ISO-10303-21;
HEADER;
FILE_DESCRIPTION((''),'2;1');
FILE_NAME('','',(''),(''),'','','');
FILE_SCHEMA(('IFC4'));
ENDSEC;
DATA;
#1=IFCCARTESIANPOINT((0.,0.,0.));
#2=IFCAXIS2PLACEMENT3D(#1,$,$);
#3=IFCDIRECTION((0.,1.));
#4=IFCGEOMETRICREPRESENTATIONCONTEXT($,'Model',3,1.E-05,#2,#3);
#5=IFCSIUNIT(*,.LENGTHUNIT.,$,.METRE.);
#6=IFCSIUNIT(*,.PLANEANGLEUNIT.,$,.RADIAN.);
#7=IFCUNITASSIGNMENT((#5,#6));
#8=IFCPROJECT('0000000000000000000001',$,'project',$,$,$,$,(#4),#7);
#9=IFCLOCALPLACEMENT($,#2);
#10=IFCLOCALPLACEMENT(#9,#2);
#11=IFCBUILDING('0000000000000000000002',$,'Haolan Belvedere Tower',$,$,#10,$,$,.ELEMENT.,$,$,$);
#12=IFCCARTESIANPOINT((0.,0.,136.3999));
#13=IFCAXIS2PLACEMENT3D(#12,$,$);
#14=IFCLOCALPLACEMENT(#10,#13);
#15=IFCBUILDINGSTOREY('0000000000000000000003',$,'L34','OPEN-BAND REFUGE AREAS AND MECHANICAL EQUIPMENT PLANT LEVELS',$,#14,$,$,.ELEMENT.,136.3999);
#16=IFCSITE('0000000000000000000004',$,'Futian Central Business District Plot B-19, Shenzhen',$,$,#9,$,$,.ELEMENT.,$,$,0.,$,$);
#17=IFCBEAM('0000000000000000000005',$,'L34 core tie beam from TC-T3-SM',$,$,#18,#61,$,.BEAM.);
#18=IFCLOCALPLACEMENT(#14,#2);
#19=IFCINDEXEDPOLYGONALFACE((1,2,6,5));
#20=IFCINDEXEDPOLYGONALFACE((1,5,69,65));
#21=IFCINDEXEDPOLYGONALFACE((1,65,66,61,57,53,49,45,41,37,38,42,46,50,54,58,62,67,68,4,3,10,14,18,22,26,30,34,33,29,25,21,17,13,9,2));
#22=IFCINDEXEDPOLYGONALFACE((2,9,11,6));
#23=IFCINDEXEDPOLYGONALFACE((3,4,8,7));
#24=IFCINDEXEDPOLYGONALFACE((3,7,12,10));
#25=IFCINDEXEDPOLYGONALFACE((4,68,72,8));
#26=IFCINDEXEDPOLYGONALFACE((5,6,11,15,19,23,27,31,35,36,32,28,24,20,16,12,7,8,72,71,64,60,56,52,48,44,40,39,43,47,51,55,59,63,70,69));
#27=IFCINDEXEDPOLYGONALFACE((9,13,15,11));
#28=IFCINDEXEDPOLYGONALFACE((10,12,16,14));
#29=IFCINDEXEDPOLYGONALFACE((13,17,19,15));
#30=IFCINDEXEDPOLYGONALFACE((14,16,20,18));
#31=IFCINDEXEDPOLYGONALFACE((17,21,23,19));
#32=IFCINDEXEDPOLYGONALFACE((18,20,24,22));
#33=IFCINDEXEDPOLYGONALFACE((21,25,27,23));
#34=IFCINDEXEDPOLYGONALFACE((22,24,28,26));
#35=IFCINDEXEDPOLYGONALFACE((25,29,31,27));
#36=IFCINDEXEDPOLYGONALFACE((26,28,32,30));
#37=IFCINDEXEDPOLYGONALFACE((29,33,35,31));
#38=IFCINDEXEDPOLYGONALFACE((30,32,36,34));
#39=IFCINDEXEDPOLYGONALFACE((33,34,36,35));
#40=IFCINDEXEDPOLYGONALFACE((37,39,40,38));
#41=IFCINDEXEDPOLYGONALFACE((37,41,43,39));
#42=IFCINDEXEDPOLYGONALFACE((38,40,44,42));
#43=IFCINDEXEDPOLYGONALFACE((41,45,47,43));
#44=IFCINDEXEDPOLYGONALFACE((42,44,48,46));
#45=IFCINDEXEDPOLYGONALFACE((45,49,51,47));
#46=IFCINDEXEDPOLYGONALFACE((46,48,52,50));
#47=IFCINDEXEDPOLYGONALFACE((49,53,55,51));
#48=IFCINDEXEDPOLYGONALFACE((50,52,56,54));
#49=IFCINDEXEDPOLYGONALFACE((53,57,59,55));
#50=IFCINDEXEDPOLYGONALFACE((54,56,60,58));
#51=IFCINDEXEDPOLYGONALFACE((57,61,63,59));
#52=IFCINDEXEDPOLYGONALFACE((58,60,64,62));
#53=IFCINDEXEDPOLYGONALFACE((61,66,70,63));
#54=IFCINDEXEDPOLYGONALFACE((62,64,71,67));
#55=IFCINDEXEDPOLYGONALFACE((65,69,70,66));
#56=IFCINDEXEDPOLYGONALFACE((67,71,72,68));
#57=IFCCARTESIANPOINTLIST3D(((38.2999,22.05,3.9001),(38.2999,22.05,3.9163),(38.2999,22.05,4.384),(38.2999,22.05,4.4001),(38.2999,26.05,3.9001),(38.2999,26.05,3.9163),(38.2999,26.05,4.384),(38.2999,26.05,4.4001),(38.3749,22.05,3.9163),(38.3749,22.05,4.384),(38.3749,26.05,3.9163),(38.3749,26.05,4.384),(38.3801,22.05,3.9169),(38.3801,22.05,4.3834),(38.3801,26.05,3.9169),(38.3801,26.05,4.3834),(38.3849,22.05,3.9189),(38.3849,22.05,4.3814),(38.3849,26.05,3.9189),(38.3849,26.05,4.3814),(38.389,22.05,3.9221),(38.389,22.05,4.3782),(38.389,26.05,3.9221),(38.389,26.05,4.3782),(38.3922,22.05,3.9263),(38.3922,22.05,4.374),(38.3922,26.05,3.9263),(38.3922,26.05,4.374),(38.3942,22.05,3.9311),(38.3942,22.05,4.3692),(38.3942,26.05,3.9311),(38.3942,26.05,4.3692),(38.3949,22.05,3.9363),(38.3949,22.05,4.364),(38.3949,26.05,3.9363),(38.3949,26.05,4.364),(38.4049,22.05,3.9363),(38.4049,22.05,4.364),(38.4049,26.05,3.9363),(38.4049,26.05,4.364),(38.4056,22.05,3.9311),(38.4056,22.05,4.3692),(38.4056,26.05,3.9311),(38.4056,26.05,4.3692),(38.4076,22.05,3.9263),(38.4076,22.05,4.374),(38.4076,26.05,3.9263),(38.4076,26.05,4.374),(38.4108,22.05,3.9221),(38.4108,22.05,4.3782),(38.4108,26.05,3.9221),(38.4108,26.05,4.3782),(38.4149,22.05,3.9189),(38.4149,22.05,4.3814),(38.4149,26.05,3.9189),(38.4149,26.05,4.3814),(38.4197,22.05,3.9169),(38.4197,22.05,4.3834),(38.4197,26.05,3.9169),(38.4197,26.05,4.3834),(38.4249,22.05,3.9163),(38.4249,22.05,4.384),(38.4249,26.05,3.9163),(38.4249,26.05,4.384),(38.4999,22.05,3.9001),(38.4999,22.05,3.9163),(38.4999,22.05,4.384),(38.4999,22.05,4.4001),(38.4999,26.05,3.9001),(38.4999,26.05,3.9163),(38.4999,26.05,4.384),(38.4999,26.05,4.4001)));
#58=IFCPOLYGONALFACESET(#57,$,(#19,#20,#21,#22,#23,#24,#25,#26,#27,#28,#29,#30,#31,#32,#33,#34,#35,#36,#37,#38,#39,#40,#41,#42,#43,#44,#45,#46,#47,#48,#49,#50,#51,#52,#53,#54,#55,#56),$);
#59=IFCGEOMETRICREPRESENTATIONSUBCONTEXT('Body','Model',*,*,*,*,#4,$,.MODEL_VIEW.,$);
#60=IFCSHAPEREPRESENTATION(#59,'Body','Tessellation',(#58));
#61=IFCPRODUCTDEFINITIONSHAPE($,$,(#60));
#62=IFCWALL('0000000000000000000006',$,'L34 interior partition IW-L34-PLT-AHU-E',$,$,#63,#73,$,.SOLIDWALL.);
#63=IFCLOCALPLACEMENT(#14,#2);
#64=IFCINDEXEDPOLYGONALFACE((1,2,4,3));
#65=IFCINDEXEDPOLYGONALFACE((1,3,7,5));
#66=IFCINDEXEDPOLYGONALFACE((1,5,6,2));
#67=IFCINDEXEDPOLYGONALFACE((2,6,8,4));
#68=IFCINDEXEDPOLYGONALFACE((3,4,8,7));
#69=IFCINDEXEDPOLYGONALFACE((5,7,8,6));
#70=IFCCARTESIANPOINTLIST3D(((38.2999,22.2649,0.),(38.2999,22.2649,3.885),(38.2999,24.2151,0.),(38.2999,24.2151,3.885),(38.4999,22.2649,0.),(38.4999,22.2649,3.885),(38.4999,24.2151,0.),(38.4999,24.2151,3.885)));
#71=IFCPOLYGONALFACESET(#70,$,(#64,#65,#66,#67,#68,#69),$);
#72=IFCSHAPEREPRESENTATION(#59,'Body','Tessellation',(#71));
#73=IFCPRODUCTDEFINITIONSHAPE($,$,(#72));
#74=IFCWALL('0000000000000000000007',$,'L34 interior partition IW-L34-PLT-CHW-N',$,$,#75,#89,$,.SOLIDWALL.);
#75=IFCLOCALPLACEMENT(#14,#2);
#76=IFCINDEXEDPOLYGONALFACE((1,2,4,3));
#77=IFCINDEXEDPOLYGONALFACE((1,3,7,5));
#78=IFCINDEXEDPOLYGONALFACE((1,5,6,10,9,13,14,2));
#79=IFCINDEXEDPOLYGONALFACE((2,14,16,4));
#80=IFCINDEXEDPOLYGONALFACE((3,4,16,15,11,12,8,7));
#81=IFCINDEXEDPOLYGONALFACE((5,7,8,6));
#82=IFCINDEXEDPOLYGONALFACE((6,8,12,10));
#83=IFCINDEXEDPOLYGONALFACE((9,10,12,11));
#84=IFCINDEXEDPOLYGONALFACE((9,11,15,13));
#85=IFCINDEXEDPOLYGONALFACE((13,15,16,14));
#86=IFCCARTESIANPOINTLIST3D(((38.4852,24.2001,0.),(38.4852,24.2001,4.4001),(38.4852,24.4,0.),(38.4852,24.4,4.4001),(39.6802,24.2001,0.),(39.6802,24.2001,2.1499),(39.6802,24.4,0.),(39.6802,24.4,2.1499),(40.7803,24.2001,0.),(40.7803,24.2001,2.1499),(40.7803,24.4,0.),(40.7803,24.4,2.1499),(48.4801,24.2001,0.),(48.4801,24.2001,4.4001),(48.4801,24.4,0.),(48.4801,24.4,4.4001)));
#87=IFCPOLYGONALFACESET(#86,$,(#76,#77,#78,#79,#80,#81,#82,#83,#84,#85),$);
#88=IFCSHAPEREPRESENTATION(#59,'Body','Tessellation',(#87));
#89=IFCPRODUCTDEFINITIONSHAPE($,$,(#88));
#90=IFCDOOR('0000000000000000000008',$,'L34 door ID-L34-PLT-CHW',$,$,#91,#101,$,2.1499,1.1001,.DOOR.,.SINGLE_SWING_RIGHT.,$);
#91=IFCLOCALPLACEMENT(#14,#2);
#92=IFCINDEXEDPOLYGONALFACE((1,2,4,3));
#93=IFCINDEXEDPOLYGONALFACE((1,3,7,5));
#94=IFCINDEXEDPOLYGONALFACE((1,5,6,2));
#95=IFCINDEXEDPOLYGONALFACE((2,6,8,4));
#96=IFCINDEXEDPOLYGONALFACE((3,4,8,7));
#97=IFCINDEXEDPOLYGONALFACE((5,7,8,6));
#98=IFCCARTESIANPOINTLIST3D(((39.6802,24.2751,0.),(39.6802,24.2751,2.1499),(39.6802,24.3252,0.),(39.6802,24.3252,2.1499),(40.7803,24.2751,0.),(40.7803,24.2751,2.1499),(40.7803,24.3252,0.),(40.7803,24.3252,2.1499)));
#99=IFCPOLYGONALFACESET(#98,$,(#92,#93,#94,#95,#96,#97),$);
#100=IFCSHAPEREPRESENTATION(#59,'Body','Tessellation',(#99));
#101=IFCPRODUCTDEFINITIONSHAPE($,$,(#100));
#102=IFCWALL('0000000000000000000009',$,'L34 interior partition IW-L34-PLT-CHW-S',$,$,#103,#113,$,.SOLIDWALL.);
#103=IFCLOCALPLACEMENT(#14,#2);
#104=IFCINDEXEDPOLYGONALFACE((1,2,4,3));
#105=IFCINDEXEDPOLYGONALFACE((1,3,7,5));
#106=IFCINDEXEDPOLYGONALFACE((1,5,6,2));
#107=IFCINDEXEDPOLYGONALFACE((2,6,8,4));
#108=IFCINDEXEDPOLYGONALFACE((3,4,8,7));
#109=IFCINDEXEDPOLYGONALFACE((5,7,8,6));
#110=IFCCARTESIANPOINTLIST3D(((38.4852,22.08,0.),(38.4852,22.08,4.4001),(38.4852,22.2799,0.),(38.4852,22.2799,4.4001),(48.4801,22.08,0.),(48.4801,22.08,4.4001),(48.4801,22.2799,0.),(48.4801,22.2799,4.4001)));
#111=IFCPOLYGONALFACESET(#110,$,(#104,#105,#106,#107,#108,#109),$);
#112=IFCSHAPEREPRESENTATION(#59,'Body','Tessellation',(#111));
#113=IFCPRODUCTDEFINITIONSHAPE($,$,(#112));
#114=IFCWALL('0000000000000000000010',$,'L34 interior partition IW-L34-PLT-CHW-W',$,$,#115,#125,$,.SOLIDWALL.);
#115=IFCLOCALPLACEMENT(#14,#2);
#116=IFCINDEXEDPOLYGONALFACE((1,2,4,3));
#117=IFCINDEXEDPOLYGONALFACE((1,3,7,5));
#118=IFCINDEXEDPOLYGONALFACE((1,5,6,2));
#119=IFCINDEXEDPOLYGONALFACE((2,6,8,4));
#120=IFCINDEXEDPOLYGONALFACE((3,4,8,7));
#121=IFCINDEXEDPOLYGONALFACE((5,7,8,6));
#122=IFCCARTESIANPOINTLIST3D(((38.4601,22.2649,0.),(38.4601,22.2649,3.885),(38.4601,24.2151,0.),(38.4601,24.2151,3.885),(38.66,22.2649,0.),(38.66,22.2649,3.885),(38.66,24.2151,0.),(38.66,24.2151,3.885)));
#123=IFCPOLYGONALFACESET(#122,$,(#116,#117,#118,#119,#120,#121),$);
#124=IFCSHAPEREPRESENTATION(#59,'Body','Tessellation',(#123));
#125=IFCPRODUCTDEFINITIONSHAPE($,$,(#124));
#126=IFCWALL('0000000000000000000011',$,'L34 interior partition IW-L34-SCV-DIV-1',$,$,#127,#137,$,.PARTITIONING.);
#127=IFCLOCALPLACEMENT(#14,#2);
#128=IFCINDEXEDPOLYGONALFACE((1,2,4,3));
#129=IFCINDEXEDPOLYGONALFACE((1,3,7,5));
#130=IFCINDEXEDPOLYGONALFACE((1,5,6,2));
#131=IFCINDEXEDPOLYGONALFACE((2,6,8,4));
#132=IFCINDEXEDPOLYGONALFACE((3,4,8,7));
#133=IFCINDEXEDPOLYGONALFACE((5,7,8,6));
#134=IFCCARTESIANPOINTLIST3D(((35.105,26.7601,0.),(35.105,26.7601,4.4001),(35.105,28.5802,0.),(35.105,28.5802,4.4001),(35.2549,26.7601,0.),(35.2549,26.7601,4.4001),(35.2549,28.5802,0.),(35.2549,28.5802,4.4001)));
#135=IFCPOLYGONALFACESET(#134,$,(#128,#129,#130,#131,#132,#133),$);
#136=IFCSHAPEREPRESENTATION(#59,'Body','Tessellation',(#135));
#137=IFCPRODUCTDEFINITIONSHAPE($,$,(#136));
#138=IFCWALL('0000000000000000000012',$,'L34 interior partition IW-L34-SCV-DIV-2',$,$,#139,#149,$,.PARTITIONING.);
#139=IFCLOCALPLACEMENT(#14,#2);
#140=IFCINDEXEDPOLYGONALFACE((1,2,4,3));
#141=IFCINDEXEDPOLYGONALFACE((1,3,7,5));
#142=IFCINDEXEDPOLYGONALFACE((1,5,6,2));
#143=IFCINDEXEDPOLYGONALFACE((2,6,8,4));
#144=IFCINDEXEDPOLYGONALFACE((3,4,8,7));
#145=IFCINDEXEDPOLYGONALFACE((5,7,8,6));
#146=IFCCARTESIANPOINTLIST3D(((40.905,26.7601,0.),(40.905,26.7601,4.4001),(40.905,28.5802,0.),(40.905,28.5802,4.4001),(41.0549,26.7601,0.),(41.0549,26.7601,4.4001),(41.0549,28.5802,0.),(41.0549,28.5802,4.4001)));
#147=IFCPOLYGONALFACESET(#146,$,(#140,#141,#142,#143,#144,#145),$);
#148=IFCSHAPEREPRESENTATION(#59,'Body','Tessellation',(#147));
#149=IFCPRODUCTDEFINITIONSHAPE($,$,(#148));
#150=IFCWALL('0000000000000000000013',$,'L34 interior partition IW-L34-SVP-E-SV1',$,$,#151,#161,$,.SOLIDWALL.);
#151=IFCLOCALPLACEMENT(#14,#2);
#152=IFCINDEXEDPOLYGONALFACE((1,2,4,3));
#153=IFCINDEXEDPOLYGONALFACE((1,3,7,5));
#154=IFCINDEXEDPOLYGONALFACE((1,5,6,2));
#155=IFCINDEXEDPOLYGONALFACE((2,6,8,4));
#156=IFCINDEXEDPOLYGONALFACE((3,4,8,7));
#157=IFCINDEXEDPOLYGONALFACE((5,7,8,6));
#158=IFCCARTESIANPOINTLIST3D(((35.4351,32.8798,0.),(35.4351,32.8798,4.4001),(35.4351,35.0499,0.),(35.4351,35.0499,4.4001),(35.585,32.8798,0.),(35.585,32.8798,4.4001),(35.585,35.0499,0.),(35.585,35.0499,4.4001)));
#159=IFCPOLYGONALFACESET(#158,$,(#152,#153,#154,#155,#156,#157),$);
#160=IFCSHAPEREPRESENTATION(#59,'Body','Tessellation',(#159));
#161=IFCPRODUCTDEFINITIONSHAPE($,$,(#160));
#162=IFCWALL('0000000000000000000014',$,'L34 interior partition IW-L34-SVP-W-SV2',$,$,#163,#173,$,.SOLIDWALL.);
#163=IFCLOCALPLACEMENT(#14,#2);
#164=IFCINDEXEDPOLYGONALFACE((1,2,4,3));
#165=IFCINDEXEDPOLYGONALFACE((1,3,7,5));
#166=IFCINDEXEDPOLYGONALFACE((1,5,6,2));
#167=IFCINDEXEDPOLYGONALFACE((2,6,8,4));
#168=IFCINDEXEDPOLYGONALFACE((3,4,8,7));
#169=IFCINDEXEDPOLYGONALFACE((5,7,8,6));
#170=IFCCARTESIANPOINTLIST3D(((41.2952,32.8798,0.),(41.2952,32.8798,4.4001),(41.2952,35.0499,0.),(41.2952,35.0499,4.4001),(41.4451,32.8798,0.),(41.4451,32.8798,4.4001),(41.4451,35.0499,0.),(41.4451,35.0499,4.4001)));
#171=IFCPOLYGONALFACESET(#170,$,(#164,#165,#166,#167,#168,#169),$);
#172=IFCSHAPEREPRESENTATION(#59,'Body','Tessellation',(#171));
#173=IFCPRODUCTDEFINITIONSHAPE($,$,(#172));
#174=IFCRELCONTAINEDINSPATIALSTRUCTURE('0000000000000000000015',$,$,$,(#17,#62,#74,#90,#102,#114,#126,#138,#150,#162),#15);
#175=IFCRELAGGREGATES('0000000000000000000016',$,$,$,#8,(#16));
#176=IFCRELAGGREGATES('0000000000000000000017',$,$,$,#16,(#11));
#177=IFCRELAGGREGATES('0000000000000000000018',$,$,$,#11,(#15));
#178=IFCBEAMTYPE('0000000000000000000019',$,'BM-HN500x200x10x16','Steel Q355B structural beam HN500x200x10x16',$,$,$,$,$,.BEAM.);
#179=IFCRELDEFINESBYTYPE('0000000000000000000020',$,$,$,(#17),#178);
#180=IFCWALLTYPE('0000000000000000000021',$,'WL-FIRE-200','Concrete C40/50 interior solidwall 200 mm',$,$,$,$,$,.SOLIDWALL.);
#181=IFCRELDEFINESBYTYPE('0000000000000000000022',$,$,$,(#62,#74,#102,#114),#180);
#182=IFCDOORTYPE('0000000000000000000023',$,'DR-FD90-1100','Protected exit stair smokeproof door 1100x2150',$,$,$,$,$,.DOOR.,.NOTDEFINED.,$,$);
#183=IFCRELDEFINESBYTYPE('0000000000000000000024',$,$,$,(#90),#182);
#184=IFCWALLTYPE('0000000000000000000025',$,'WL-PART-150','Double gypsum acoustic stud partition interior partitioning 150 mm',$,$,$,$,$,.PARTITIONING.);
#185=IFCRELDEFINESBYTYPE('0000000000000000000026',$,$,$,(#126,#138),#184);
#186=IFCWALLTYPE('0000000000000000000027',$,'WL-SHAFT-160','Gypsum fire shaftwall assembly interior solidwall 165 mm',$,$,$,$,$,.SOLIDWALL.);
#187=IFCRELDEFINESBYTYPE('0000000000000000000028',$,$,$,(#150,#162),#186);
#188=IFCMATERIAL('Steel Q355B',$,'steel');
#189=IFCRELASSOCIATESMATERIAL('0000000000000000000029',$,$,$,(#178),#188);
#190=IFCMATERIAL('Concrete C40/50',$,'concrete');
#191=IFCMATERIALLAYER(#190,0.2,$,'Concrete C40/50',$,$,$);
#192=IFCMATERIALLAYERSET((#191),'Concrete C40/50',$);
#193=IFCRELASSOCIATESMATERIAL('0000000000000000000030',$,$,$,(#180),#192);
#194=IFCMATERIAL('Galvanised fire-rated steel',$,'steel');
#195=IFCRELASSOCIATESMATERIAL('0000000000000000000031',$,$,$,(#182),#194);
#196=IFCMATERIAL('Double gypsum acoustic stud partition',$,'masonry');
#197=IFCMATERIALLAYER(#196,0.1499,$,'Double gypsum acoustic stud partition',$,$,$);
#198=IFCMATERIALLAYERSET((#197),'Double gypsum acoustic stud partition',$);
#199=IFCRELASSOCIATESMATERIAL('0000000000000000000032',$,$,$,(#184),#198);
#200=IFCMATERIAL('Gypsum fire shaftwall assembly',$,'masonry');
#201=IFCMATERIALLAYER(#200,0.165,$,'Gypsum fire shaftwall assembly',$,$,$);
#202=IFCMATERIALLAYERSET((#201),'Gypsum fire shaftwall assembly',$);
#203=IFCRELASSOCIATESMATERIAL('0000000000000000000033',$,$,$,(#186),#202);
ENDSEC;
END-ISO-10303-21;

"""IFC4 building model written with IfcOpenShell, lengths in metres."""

from ifc_helpers import new_model, si_unit, direction, frame, frame_2d, origin, origin_2d, place, context, subcontext, project, spatial, rectangle, i_section, extrude, material, layer, layer_set, material_profile, profile_set, type_object, element, fill, save


model = new_model("IFC4")

# Units and contexts
model_context = context("Model", 3, precision=1e-05, world=origin(), true_north=direction((0.0, 1.0)))
body_context = subcontext(model_context, "Body", "Model", "MODEL_VIEW")
ifc_project = project(units=[si_unit("LENGTHUNIT", "METRE"), si_unit("PLANEANGLEUNIT", "RADIAN")], contexts=[model_context])

# Site, building, storey
site_placement = place(None, origin())
site = spatial("IfcSite", under=ifc_project, at=site_placement, Name="Futian Central Business District Plot B-19, Shenzhen", CompositionType="ELEMENT", RefElevation=0.0)
building_placement = place(site_placement, origin())
building = spatial("IfcBuilding", under=site, at=building_placement, Name="Haolan Belvedere Tower", CompositionType="ELEMENT")
storey_placement = place(building_placement, frame((0.0, 0.0, 136.3999)))
storey = spatial("IfcBuildingStorey", under=building, at=storey_placement, Name="L34", Description="OPEN-BAND REFUGE AREAS AND MECHANICAL EQUIPMENT PLANT LEVELS", CompositionType="ELEMENT", Elevation=136.3999)

# Beam
ifc_material_1 = material(Name="Steel Q355B", Category="steel")
ifc_material_profile_1 = material_profile(ifc_material_1, i_section(OverallWidth=0.2, OverallDepth=0.5, WebThickness=0.01, FlangeThickness=0.0161, FilletRadius=0.02, at=origin_2d()), Name="Steel Q355B")
ifc_profile_set_1 = profile_set([ifc_material_profile_1], Name="Steel Q355B")
beam_type_1 = type_object("IfcBeamType", Name="BM-HN500x200x10x16", Description="Steel Q355B structural beam HN500x200x10x16", PredefinedType="BEAM", material=ifc_profile_set_1)
beam_1_placement = place(storey_placement, frame((38.3999, 22.05, 4.1501), z_axis=(0.0, 1.0, 0.0), x_axis=(-1.0, 0.0, 0.0)))
element("IfcBeam", 1, at=beam_1_placement, inside=storey, type_object=beam_type_1, Name="L34 core tie beam from TC-T3-SM", PredefinedType="BEAM", context=body_context, shape_type="SweptSolid", body=[
    extrude(i_section(OverallWidth=0.2, OverallDepth=0.5, WebThickness=0.01, FlangeThickness=0.0161, FilletRadius=0.02, at=origin_2d()), origin(), (0.0, 0.0, 1.0), 4.0),
])

# Wall
ifc_material_2 = material(Name="Concrete C40/50", Category="concrete")
ifc_layer_1 = layer(ifc_material_2, 0.2, Name="Concrete C40/50")
ifc_layer_set_1 = layer_set([ifc_layer_1], Name="Concrete C40/50")
wall_type_1 = type_object("IfcWallType", Name="WL-FIRE-200", Description="Concrete C40/50 interior solidwall 200 mm", PredefinedType="SOLIDWALL", material=ifc_layer_set_1)
wall_1_placement = place(storey_placement, frame((38.3999, 22.2649, 0.0), z_axis=(0.0, 0.0, 1.0), x_axis=(0.0, 1.0, 0.0)))
element("IfcWall", 2, at=wall_1_placement, inside=storey, type_object=wall_type_1, Name="L34 interior partition IW-L34-PLT-AHU-E", PredefinedType="SOLIDWALL", context=body_context, shape_type="SweptSolid", body=[
    extrude(rectangle(XDim=1.9502, YDim=0.2, at=frame_2d((0.9751, 0.0))), origin(), (0.0, 0.0, 1.0), 3.885),
])

# Wall, opening, door
wall_2_placement = place(storey_placement, frame((38.4851, 24.3, 0.0), z_axis=(0.0, 0.0, 1.0), x_axis=(1.0, 0.0, 0.0)))
wall_2 = element("IfcWall", 3, at=wall_2_placement, inside=storey, type_object=wall_type_1, Name="L34 interior partition IW-L34-PLT-CHW-N", PredefinedType="SOLIDWALL", context=body_context, shape_type="SweptSolid", body=[
    extrude(rectangle(XDim=9.9949, YDim=0.2, at=frame_2d((4.9976, 0.0))), origin(), (0.0, 0.0, 1.0), 4.4001),
])
opening_1_placement = place(wall_2_placement, frame((2.2952, 0.0, 0.0), z_axis=(0.0, 0.0, 1.0), x_axis=(-1.0, 0.0, 0.0)))
opening_1 = element("IfcOpeningElement", 4, at=opening_1_placement, cuts=wall_2, PredefinedType="OPENING", context=body_context, shape_type="SweptSolid", body=[
    extrude(rectangle(XDim=1.1001, YDim=2.1499, at=frame_2d((0.55, 1.075))), frame((0.0, 0.1099, 0.0), z_axis=(0.0, -1.0, 0.0), x_axis=(1.0, 0.0, 0.0)), (0.0, 0.0, 1.0), 0.22),
])
ifc_material_3 = material(Name="Galvanised fire-rated steel", Category="steel")
door_type_1 = type_object("IfcDoorType", Name="DR-FD90-1100", Description="Protected exit stair smokeproof door 1100x2150", OperationType="NOTDEFINED", PredefinedType="DOOR", material=ifc_material_3)
door_1_placement = place(opening_1_placement, origin())
door_1 = element("IfcDoor", 5, at=door_1_placement, inside=storey, type_object=door_type_1, Name="L34 door ID-L34-PLT-CHW", OperationType="SINGLE_SWING_RIGHT", OverallHeight=2.1499, OverallWidth=1.1001, PredefinedType="DOOR", context=body_context, shape_type="SweptSolid", body=[
    extrude(rectangle(XDim=1.1001, YDim=2.1499, at=frame_2d((0.55, 1.075))), frame((0.0, 0.0249, 0.0), z_axis=(0.0, -1.0, 0.0), x_axis=(1.0, 0.0, 0.0)), (0.0, 0.0, 1.0), 0.05),
])
fill(opening_1, door_1)

# Walls
wall_3_placement = place(storey_placement, frame((38.4851, 22.1799, 0.0), z_axis=(0.0, 0.0, 1.0), x_axis=(1.0, 0.0, 0.0)))
element("IfcWall", 6, at=wall_3_placement, inside=storey, type_object=wall_type_1, Name="L34 interior partition IW-L34-PLT-CHW-S", PredefinedType="SOLIDWALL", context=body_context, shape_type="SweptSolid", body=[
    extrude(rectangle(XDim=9.9949, YDim=0.2, at=frame_2d((4.9976, 0.0))), origin(), (0.0, 0.0, 1.0), 4.4001),
])
wall_4_placement = place(storey_placement, frame((38.5601, 22.2649, 0.0), z_axis=(0.0, 0.0, 1.0), x_axis=(0.0, 1.0, 0.0)))
element("IfcWall", 7, at=wall_4_placement, inside=storey, type_object=wall_type_1, Name="L34 interior partition IW-L34-PLT-CHW-W", PredefinedType="SOLIDWALL", context=body_context, shape_type="SweptSolid", body=[
    extrude(rectangle(XDim=1.9502, YDim=0.2, at=frame_2d((0.9751, 0.0))), origin(), (0.0, 0.0, 1.0), 3.885),
])
ifc_material_4 = material(Name="Double gypsum acoustic stud partition", Category="masonry")
ifc_layer_2 = layer(ifc_material_4, 0.1499, Name="Double gypsum acoustic stud partition")
ifc_layer_set_2 = layer_set([ifc_layer_2], Name="Double gypsum acoustic stud partition")
wall_type_2 = type_object("IfcWallType", Name="WL-PART-150", Description="Double gypsum acoustic stud partition interior partitioning 150 mm", PredefinedType="PARTITIONING", material=ifc_layer_set_2)
for number, where, z_axis, x_axis, name in (
    (8, (35.1799, 26.76, 0.0), (0.0, 0.0, 1.0), (0.0, 1.0, 0.0), "L34 interior partition IW-L34-SCV-DIV-1"),
    (9, (40.98, 26.76, 0.0), (0.0, 0.0, 1.0), (0.0, 1.0, 0.0), "L34 interior partition IW-L34-SCV-DIV-2"),
):
    element("IfcWall", number, at=place(storey_placement, frame(where, z_axis=z_axis, x_axis=x_axis)), inside=storey, type_object=wall_type_2, Name=name, PredefinedType="PARTITIONING", context=body_context, shape_type="SweptSolid", body=[
        extrude(rectangle(XDim=1.8201, YDim=0.1499, at=frame_2d((0.9102, 0.0))), origin(), (0.0, 0.0, 1.0), 4.4001),
    ])
ifc_material_5 = material(Name="Gypsum fire shaftwall assembly", Category="masonry")
ifc_layer_3 = layer(ifc_material_5, 0.165, Name="Gypsum fire shaftwall assembly")
ifc_layer_set_3 = layer_set([ifc_layer_3], Name="Gypsum fire shaftwall assembly")
wall_type_3 = type_object("IfcWallType", Name="WL-SHAFT-160", Description="Gypsum fire shaftwall assembly interior solidwall 165 mm", PredefinedType="SOLIDWALL", material=ifc_layer_set_3)
for number, where, z_axis, x_axis, name in (
    (10, (35.51, 32.8799, 0.0), (0.0, 0.0, 1.0), (0.0, 1.0, 0.0), "L34 interior partition IW-L34-SVP-E-SV1"),
    (11, (41.3701, 32.8799, 0.0), (0.0, 0.0, 1.0), (0.0, 1.0, 0.0), "L34 interior partition IW-L34-SVP-W-SV2"),
):
    element("IfcWall", number, at=place(storey_placement, frame(where, z_axis=z_axis, x_axis=x_axis)), inside=storey, type_object=wall_type_3, Name=name, PredefinedType="SOLIDWALL", context=body_context, shape_type="SweptSolid", body=[
        extrude(rectangle(XDim=2.1702, YDim=0.1499, at=frame_2d((1.085, 0.0))), origin(), (0.0, 0.0, 1.0), 4.4001),
    ])

save(model, "model.ifc")
